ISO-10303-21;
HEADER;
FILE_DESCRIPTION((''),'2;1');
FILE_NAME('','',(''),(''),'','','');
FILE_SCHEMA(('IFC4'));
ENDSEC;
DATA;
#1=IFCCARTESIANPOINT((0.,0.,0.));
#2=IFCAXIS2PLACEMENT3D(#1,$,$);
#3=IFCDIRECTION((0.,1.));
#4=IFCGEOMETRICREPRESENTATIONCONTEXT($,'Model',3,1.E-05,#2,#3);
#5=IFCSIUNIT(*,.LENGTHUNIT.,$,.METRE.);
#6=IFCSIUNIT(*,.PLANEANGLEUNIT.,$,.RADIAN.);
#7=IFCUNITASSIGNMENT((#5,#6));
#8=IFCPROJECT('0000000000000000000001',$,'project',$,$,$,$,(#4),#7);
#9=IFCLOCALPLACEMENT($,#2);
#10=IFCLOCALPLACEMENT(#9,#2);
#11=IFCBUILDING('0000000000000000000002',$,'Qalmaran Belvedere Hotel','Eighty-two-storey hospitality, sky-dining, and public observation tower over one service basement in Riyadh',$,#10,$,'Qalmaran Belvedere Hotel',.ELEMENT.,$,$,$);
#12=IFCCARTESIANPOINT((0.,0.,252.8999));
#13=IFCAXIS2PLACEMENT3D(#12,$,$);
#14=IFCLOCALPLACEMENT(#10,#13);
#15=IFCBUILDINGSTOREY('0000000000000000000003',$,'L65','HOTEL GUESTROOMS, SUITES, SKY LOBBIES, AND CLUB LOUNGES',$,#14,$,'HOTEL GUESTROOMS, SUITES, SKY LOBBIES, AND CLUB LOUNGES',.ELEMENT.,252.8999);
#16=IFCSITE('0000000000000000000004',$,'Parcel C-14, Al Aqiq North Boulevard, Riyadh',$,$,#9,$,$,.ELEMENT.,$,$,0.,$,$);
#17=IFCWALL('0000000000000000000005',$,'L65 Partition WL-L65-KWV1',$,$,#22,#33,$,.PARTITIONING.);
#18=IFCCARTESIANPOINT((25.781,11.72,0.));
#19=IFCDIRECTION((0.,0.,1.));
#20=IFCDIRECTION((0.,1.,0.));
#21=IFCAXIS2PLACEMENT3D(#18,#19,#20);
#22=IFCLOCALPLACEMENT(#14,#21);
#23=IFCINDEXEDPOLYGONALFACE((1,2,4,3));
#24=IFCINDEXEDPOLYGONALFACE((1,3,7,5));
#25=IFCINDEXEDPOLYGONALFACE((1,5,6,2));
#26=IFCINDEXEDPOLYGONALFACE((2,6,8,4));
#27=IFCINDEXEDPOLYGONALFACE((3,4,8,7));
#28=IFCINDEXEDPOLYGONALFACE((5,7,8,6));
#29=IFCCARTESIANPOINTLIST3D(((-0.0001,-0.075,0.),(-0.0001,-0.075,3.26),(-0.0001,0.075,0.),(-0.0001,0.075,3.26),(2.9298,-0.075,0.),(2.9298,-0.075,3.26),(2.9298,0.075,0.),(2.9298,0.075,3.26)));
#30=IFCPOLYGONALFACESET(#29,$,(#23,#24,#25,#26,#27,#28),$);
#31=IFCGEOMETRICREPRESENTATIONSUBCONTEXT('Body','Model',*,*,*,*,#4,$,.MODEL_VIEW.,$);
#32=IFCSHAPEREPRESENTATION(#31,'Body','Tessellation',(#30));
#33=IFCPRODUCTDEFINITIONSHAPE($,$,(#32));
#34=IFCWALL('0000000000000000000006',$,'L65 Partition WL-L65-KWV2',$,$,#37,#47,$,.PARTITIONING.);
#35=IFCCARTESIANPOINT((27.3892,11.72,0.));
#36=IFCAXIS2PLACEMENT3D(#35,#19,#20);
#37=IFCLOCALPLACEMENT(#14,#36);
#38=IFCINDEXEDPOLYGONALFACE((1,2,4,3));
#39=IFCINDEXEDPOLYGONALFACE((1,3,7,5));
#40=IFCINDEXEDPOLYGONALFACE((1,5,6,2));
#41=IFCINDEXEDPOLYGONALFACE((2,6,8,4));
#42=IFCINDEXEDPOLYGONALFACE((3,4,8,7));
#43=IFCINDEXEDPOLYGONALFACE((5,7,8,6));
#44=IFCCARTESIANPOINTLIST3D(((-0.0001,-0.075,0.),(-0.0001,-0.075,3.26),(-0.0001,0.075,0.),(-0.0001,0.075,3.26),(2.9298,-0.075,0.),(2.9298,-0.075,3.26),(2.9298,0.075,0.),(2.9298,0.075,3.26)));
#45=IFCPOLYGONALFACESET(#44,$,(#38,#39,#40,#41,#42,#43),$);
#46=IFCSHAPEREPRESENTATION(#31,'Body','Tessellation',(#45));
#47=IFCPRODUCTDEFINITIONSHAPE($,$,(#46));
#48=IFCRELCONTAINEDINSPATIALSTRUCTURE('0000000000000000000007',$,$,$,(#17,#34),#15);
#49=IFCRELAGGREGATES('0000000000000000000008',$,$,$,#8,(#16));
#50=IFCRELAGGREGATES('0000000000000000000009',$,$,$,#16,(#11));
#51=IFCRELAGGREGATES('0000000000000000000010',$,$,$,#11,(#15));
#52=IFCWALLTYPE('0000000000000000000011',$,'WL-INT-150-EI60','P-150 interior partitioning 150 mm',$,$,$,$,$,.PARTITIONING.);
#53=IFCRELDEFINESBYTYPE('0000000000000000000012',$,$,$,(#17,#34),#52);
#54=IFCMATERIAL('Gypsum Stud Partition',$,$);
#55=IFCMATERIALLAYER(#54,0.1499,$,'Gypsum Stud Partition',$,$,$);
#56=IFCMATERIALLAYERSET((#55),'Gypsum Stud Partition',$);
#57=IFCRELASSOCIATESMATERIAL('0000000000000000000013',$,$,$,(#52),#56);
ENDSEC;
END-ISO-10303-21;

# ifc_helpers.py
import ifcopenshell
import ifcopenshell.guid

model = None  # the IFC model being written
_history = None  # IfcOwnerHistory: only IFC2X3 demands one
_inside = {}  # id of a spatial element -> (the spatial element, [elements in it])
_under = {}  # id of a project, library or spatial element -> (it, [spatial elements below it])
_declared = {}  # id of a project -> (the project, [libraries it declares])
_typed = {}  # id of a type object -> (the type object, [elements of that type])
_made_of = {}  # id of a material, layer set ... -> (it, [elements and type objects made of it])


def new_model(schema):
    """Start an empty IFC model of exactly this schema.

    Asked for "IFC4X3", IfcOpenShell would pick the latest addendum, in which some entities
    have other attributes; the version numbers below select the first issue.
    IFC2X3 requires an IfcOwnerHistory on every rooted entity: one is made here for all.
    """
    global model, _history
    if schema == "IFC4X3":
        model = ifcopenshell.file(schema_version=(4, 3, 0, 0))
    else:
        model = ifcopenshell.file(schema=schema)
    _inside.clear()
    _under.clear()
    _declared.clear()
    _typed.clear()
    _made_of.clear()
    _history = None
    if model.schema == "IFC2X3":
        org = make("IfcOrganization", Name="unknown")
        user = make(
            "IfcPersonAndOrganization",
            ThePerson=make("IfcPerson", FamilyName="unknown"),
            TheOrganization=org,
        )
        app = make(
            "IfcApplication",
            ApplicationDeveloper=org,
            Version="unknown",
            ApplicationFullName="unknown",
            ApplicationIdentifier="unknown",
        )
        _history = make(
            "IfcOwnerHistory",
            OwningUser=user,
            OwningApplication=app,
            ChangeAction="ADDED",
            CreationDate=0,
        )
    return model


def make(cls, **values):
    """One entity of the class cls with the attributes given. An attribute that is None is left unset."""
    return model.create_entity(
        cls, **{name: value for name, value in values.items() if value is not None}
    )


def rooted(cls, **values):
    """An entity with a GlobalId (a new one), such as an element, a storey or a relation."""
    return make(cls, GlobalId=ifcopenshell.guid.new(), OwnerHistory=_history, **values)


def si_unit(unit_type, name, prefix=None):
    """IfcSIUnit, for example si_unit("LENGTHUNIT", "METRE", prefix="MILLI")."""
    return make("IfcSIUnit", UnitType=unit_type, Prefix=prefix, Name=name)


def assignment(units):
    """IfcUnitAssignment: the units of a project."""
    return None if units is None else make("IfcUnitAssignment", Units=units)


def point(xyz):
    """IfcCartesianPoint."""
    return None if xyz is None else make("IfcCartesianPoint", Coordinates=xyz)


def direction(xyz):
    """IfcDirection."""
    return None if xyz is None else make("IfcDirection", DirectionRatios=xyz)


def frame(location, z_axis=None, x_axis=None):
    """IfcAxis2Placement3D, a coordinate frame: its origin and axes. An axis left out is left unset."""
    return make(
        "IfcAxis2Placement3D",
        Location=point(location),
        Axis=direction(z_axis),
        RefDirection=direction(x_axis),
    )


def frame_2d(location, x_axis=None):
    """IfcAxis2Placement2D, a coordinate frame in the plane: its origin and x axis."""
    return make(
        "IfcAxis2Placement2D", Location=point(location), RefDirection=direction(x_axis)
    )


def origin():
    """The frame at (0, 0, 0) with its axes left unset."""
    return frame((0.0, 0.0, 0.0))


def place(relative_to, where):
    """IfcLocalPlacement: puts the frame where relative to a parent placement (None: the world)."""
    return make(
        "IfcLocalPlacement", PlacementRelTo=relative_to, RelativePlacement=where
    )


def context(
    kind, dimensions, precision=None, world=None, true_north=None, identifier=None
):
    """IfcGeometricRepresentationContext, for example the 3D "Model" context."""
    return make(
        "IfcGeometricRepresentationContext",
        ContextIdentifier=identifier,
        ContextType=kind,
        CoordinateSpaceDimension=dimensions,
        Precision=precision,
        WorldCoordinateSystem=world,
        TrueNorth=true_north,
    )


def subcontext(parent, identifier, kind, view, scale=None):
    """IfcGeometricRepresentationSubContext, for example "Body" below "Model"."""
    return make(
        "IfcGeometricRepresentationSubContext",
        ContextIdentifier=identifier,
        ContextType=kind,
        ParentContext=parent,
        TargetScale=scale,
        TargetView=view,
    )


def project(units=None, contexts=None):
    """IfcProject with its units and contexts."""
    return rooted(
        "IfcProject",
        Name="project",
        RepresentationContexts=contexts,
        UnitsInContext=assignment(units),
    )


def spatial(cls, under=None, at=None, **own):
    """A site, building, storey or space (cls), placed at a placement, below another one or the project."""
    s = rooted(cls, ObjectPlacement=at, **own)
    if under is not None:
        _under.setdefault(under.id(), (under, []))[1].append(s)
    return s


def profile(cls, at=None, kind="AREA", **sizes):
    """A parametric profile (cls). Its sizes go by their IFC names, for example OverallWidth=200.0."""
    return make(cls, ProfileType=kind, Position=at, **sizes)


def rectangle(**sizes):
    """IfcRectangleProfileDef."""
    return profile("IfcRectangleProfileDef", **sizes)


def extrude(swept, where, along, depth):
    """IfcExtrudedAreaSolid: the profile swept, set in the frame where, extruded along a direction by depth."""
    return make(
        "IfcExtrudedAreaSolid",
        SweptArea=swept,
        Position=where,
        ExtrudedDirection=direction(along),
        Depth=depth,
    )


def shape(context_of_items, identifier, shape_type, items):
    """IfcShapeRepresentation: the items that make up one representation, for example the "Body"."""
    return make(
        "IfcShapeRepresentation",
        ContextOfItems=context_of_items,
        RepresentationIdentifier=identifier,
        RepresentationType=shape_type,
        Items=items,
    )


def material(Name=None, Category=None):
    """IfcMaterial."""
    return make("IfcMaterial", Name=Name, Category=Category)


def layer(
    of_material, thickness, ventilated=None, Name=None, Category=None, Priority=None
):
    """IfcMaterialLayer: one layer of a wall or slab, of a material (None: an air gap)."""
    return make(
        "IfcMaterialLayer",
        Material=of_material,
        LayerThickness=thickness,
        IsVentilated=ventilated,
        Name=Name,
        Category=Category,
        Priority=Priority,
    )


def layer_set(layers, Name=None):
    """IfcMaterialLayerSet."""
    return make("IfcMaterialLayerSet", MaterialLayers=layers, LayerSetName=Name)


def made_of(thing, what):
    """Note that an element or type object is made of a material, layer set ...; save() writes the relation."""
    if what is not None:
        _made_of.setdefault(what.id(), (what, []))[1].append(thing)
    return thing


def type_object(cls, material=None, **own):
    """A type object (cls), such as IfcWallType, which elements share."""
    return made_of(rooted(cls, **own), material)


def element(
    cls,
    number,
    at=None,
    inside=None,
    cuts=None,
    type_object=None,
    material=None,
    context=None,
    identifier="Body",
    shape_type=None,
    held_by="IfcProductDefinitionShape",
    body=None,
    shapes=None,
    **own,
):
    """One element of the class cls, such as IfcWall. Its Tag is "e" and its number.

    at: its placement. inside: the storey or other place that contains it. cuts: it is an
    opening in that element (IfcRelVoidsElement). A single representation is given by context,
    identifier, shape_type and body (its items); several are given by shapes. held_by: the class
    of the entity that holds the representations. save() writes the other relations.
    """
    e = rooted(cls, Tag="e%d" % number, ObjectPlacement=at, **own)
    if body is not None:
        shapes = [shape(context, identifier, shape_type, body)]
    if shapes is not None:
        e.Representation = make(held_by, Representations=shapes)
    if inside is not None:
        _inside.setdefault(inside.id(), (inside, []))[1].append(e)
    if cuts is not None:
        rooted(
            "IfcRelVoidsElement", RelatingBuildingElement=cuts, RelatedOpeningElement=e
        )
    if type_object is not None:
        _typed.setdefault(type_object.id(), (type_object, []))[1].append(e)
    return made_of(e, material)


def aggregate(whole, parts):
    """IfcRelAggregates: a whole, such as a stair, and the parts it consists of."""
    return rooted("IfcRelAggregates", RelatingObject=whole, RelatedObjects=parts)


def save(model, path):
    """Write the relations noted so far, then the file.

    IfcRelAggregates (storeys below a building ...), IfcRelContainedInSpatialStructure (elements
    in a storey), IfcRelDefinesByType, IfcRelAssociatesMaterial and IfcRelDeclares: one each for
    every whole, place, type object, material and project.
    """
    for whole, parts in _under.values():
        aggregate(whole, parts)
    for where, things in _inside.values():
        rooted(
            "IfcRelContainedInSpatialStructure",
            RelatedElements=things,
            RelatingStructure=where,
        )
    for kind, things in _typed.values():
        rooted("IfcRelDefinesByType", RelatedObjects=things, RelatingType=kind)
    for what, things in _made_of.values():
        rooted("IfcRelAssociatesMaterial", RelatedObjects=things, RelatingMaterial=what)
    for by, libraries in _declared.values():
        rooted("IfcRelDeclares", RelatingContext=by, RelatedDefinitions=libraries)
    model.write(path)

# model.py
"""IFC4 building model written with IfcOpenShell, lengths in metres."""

from ifc_helpers import new_model, si_unit, direction, frame, frame_2d, origin, place, context, subcontext, project, spatial, rectangle, extrude, material, layer, layer_set, type_object, element, save


model = new_model("IFC4")

# Units and contexts
model_context = context("Model", 3, precision=1e-05, world=origin(), true_north=direction((0.0, 1.0)))
body_context = subcontext(model_context, "Body", "Model", "MODEL_VIEW")
ifc_project = project(units=[si_unit("LENGTHUNIT", "METRE"), si_unit("PLANEANGLEUNIT", "RADIAN")], contexts=[model_context])

# Site, building, storey
site_placement = place(None, origin())
site = spatial("IfcSite", under=ifc_project, at=site_placement, Name="Parcel C-14, Al Aqiq North Boulevard, Riyadh", CompositionType="ELEMENT", RefElevation=0.0)
building_placement = place(site_placement, origin())
building = spatial("IfcBuilding", under=site, at=building_placement, Name="Qalmaran Belvedere Hotel", Description="Eighty-two-storey hospitality, sky-dining, and public observation tower over one service basement in Riyadh", LongName="Qalmaran Belvedere Hotel", CompositionType="ELEMENT")
storey_placement = place(building_placement, frame((0.0, 0.0, 252.8999)))
storey = spatial("IfcBuildingStorey", under=building, at=storey_placement, Name="L65", Description="HOTEL GUESTROOMS, SUITES, SKY LOBBIES, AND CLUB LOUNGES", LongName="HOTEL GUESTROOMS, SUITES, SKY LOBBIES, AND CLUB LOUNGES", CompositionType="ELEMENT", Elevation=252.8999)

# Walls
ifc_material_1 = material(Name="Gypsum Stud Partition")
ifc_layer_1 = layer(ifc_material_1, 0.1499, Name="Gypsum Stud Partition")
ifc_layer_set_1 = layer_set([ifc_layer_1], Name="Gypsum Stud Partition")
wall_type_1 = type_object("IfcWallType", Name="WL-INT-150-EI60", Description="P-150 interior partitioning 150 mm", PredefinedType="PARTITIONING", material=ifc_layer_set_1)
for number, where, z_axis, x_axis, name in (
    (1, (25.781, 11.72, 0.0), (0.0, 0.0, 1.0), (0.0, 1.0, 0.0), "L65 Partition WL-L65-KWV1"),
    (2, (27.3892, 11.72, 0.0), (0.0, 0.0, 1.0), (0.0, 1.0, 0.0), "L65 Partition WL-L65-KWV2"),
):
    element("IfcWall", number, at=place(storey_placement, frame(where, z_axis=z_axis, x_axis=x_axis)), inside=storey, type_object=wall_type_1, Name=name, PredefinedType="PARTITIONING", context=body_context, shape_type="SweptSolid", body=[
        extrude(rectangle(XDim=2.9299, YDim=0.1499, at=frame_2d((1.4648, 0.0))), origin(), (0.0, 0.0, 1.0), 3.26),
    ])

save(model, "model.ifc")
